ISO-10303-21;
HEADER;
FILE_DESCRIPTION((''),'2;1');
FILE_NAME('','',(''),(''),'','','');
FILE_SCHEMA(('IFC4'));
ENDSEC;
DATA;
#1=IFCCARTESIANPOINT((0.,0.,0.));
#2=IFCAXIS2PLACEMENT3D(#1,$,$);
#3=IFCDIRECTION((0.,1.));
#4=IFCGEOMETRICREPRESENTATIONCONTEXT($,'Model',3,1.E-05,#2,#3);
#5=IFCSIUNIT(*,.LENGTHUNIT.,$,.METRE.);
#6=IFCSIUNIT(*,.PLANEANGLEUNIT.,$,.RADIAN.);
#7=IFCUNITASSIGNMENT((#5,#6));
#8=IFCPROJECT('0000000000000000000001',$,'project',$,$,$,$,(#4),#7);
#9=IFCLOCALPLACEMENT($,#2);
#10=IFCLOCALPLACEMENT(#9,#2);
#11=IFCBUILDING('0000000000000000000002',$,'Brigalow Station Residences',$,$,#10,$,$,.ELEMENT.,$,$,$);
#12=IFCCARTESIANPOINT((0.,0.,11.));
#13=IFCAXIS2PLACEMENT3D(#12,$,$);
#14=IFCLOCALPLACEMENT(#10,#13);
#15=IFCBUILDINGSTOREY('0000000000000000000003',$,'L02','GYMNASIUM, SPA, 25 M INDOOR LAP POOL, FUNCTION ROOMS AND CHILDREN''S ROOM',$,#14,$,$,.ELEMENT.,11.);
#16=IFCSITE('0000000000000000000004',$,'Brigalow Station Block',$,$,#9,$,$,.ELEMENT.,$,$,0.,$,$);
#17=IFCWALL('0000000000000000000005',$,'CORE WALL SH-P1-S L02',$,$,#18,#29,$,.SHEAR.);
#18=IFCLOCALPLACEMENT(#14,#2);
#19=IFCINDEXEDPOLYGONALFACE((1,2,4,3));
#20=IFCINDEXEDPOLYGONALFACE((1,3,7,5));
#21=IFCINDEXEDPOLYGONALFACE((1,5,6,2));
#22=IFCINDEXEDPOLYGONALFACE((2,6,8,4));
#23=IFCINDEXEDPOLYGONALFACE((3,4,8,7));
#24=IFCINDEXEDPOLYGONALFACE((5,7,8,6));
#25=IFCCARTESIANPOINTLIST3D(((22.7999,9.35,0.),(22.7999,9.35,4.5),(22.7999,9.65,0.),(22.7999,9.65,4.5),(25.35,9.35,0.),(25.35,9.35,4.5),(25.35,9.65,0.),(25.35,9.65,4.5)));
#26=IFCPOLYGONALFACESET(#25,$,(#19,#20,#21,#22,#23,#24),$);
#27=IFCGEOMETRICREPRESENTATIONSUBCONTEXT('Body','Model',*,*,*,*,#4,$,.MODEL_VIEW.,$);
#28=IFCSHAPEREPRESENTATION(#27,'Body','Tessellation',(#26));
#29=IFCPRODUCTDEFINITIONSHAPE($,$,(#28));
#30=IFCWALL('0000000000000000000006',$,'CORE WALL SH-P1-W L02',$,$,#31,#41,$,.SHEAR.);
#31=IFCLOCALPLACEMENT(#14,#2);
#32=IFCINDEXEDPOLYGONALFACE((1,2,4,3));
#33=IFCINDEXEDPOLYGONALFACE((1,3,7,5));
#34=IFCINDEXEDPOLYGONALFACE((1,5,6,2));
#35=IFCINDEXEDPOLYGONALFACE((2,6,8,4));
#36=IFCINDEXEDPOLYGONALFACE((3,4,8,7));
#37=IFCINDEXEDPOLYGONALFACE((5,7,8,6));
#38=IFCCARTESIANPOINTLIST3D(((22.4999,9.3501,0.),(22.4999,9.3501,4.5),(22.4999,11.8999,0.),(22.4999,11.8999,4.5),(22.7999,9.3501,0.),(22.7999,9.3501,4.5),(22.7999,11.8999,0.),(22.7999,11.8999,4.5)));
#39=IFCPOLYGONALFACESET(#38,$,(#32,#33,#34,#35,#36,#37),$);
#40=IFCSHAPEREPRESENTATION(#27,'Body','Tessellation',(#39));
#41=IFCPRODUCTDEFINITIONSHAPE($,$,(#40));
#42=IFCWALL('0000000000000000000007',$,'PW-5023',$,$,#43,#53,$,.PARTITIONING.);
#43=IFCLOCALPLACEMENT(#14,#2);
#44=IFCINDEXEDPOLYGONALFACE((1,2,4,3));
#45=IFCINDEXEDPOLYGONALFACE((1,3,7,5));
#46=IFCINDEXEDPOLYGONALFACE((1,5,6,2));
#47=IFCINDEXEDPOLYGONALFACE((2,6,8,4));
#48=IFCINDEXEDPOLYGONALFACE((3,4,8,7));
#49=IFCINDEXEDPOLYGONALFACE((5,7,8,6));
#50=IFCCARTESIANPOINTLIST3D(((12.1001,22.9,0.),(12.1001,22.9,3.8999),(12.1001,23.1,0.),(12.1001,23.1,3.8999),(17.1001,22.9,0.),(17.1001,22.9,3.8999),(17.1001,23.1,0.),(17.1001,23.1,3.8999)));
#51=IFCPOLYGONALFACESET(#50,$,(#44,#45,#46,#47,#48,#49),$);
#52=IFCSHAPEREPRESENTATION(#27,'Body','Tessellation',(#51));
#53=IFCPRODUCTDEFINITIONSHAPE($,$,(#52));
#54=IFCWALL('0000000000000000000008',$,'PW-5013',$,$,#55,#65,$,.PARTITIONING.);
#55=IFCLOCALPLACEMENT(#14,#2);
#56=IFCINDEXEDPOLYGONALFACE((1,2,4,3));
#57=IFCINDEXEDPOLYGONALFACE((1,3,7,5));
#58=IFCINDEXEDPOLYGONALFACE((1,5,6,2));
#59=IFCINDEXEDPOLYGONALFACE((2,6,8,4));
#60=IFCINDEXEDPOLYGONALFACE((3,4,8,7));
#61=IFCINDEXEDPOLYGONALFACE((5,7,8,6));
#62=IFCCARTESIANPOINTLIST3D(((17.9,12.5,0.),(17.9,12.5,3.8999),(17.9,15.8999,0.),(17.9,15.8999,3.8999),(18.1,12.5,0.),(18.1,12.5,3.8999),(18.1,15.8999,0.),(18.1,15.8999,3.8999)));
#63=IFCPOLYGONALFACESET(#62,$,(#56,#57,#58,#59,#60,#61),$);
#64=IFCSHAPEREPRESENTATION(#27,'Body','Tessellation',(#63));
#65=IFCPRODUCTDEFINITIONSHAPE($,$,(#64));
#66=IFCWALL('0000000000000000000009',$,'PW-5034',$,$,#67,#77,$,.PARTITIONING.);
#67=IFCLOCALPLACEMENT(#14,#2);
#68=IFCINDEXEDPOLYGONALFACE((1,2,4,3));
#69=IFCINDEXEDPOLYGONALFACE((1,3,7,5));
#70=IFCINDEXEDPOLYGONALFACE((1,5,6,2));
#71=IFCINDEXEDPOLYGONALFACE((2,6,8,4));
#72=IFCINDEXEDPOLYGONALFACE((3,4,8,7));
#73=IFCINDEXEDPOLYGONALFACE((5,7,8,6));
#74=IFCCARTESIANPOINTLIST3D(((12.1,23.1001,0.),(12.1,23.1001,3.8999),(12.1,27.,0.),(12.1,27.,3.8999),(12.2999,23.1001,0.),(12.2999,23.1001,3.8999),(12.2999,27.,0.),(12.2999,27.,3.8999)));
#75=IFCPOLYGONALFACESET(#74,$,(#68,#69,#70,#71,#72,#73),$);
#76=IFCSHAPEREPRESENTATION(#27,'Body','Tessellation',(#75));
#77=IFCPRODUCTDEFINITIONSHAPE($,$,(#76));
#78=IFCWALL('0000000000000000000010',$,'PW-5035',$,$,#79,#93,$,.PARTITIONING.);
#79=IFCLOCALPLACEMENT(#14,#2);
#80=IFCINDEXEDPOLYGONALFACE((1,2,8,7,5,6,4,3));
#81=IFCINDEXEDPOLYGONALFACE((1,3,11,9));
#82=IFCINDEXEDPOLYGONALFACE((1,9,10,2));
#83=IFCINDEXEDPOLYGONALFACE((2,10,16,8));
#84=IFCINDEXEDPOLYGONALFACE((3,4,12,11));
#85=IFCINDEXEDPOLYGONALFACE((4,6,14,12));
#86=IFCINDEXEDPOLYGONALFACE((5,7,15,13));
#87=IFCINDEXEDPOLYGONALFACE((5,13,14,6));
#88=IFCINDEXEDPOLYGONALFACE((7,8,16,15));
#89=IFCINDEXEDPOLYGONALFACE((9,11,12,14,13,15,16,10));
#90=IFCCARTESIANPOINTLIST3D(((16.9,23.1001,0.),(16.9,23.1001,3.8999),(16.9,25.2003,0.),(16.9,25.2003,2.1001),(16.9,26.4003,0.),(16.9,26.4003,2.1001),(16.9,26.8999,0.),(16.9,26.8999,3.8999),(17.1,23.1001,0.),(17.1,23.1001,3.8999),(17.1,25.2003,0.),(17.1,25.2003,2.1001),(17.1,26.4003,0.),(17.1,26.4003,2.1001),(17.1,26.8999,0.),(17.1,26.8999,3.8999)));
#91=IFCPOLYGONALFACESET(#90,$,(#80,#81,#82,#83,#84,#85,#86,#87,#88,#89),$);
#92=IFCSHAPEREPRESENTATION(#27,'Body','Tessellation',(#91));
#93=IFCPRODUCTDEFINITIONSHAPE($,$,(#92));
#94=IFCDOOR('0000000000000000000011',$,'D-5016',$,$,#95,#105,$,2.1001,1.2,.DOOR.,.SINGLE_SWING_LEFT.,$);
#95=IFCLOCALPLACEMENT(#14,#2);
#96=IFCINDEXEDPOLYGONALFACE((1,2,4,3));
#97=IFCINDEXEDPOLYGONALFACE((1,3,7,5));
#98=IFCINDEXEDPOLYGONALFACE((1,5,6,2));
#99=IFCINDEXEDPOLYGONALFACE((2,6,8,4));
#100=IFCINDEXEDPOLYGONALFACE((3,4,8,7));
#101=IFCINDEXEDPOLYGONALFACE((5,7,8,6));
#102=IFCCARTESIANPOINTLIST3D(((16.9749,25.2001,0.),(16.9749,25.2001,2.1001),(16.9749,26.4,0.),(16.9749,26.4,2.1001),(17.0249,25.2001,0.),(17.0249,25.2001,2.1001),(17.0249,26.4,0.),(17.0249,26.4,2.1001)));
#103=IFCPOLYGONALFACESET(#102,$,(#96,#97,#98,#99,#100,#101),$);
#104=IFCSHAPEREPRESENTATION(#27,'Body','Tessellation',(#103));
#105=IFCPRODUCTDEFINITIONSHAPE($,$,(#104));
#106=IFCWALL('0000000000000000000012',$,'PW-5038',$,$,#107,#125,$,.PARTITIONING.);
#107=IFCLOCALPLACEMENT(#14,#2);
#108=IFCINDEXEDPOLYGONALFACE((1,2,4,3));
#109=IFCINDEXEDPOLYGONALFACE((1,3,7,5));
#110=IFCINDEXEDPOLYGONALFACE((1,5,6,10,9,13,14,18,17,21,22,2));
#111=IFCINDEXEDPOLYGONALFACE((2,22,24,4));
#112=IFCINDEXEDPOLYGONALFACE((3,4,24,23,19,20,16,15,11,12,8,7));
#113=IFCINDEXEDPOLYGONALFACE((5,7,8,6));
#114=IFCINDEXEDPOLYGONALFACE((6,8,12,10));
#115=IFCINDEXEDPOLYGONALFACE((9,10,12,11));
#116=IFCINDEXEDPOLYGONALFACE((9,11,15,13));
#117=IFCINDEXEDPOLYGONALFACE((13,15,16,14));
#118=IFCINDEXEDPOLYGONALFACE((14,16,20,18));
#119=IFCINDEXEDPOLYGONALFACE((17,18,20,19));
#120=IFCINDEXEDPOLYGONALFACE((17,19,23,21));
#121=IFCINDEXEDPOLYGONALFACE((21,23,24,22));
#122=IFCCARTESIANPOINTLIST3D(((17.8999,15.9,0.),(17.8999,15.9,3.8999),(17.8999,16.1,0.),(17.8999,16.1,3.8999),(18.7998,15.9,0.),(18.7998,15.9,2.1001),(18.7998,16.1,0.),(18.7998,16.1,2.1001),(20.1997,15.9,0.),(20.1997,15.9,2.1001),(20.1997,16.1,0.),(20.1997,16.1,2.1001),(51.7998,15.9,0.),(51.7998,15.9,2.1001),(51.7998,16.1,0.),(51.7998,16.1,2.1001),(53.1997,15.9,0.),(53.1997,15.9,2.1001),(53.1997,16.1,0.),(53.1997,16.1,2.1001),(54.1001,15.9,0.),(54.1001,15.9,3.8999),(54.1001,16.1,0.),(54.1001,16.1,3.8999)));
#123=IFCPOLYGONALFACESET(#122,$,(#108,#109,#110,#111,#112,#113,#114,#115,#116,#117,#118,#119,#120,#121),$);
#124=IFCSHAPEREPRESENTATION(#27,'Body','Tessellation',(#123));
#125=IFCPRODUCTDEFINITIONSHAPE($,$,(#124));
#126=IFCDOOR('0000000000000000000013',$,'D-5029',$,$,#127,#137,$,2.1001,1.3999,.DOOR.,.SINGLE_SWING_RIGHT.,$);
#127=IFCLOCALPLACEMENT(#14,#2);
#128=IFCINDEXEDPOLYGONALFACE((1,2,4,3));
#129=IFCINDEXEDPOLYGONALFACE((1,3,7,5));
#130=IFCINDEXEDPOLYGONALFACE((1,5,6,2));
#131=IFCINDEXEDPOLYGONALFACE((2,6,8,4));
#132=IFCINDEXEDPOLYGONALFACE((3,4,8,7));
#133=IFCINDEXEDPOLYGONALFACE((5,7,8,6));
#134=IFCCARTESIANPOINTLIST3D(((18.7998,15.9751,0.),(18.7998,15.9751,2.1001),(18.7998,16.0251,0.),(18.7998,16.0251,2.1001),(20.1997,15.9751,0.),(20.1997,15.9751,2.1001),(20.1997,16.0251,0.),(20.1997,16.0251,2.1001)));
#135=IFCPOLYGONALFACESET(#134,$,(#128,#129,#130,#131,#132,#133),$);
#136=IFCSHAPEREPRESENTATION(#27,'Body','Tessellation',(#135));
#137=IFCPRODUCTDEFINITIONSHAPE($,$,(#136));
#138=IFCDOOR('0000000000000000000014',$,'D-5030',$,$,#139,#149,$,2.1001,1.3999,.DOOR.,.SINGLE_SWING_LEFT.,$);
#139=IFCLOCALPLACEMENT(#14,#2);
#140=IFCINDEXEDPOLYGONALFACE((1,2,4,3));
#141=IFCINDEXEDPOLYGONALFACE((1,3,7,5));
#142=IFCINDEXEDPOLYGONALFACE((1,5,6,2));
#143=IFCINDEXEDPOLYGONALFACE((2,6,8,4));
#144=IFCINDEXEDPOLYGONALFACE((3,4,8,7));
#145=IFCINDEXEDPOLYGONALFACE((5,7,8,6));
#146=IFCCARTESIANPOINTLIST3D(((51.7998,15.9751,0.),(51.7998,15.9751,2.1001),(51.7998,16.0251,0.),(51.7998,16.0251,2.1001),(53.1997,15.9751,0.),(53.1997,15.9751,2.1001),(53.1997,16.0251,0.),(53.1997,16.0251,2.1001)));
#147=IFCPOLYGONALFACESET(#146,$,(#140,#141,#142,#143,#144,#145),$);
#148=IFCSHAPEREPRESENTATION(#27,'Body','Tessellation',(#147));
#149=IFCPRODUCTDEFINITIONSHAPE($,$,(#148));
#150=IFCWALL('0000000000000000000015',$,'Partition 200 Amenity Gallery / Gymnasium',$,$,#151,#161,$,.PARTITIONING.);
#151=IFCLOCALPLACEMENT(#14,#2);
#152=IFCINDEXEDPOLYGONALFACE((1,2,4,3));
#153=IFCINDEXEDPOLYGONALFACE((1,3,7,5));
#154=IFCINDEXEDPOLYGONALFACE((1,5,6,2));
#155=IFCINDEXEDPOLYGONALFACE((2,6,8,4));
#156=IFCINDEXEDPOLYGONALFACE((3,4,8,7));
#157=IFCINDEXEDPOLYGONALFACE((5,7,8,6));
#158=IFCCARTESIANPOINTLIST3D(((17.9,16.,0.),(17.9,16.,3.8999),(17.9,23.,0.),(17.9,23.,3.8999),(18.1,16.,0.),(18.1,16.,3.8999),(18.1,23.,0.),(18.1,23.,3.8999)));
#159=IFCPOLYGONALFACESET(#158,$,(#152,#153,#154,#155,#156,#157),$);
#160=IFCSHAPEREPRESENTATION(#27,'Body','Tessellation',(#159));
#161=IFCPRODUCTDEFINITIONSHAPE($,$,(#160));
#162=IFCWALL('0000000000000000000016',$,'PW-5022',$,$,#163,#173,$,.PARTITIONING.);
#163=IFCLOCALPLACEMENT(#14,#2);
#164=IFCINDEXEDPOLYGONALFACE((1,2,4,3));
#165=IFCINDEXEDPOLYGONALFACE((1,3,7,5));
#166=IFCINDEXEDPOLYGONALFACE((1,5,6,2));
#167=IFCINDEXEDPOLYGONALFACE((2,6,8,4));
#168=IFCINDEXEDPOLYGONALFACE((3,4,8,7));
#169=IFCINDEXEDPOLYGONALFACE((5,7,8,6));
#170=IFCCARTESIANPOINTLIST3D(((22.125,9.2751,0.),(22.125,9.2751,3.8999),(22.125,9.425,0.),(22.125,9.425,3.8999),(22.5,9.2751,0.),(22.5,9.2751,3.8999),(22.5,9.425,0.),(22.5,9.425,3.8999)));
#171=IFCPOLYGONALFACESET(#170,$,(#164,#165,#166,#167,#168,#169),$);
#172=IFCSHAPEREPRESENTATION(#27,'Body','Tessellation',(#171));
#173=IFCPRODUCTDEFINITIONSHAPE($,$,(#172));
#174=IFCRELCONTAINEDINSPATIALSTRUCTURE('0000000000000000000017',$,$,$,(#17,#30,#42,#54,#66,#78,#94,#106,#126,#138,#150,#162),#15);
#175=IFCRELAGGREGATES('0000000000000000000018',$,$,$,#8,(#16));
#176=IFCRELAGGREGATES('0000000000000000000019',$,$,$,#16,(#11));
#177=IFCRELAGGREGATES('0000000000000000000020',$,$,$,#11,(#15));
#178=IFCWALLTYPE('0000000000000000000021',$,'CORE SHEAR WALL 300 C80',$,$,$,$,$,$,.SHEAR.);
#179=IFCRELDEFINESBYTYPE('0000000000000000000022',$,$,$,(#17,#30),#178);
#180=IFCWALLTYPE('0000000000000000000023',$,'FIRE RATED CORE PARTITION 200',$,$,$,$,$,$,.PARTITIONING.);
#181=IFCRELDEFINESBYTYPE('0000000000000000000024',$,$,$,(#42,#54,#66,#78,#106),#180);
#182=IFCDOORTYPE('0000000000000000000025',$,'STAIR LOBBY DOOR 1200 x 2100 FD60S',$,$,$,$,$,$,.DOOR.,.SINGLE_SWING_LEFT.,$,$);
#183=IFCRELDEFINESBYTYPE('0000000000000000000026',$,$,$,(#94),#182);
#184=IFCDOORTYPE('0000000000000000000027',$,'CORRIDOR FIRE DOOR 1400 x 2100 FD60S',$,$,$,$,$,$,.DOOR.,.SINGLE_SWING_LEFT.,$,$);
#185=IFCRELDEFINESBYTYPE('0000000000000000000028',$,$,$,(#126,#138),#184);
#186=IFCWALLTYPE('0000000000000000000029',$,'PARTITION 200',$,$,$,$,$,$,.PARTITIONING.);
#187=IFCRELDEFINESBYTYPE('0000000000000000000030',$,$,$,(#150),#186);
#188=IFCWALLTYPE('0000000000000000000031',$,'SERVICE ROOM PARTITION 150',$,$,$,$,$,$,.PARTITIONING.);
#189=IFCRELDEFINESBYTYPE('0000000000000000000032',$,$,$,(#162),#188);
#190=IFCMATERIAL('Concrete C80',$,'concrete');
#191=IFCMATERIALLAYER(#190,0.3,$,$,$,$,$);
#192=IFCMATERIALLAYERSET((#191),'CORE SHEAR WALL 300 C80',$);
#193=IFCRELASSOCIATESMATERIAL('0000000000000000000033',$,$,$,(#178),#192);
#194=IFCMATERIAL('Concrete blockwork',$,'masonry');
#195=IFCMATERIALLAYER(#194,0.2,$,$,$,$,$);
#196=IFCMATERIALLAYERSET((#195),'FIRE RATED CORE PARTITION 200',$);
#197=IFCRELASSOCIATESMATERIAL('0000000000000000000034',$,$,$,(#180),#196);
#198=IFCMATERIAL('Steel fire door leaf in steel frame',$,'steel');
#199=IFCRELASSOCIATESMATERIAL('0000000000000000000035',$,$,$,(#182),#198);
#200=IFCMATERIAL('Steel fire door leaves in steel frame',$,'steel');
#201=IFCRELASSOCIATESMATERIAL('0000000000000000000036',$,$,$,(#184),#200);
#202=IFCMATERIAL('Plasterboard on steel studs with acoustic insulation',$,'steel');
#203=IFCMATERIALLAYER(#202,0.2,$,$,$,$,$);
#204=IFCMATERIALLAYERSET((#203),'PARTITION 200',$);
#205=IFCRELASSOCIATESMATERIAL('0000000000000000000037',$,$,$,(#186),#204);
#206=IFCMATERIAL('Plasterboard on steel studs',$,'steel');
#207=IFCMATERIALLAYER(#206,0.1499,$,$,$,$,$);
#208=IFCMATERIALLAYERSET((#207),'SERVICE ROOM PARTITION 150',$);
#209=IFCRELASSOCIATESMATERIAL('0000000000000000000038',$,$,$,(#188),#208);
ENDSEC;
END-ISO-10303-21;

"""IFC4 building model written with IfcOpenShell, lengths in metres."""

from ifc_helpers import new_model, si_unit, direction, frame, frame_2d, origin, place, context, subcontext, project, spatial, rectangle, extrude, material, layer, layer_set, type_object, element, fill, save


model = new_model("IFC4")

# Units and contexts
model_context = context("Model", 3, precision=1e-05, world=origin(), true_north=direction((0.0, 1.0)))
body_context = subcontext(model_context, "Body", "Model", "MODEL_VIEW")
ifc_project = project(units=[si_unit("LENGTHUNIT", "METRE"), si_unit("PLANEANGLEUNIT", "RADIAN")], contexts=[model_context])

# Site, building, storey
site_placement = place(None, origin())
site = spatial("IfcSite", under=ifc_project, at=site_placement, Name="Brigalow Station Block", CompositionType="ELEMENT", RefElevation=0.0)
building_placement = place(site_placement, origin())
building = spatial("IfcBuilding", under=site, at=building_placement, Name="Brigalow Station Residences", CompositionType="ELEMENT")
storey_placement = place(building_placement, frame((0.0, 0.0, 11.0)))
storey = spatial("IfcBuildingStorey", under=building, at=storey_placement, Name="L02", Description="GYMNASIUM, SPA, 25 M INDOOR LAP POOL, FUNCTION ROOMS AND CHILDREN'S ROOM", CompositionType="ELEMENT", Elevation=11.0)

# Walls
ifc_material_1 = material(Name="Concrete C80", Category="concrete")
ifc_layer_1 = layer(ifc_material_1, 0.3)
ifc_layer_set_1 = layer_set([ifc_layer_1], Name="CORE SHEAR WALL 300 C80")
wall_type_1 = type_object("IfcWallType", Name="CORE SHEAR WALL 300 C80", PredefinedType="SHEAR", material=ifc_layer_set_1)
wall_1_placement = place(storey_placement, frame((22.8, 9.5, 0.0), z_axis=(0.0, 0.0, 1.0), x_axis=(1.0, 0.0, 0.0)))
element("IfcWall", 1, at=wall_1_placement, inside=storey, type_object=wall_type_1, Name="CORE WALL SH-P1-S L02", PredefinedType="SHEAR", context=body_context, shape_type="SweptSolid", body=[
    extrude(rectangle(XDim=2.55, YDim=0.3, at=frame_2d((1.2749, 0.0))), origin(), (0.0, 0.0, 1.0), 4.5),
])
wall_2_placement = place(storey_placement, frame((22.6499, 9.3501, 0.0), z_axis=(0.0, 0.0, 1.0), x_axis=(0.0, 1.0, 0.0)))
element("IfcWall", 2, at=wall_2_placement, inside=storey, type_object=wall_type_1, Name="CORE WALL SH-P1-W L02", PredefinedType="SHEAR", context=body_context, shape_type="SweptSolid", body=[
    extrude(rectangle(XDim=2.5498, YDim=0.3, at=frame_2d((1.2749, 0.0))), origin(), (0.0, 0.0, 1.0), 4.5),
])

# Walls
ifc_material_2 = material(Name="Concrete blockwork", Category="masonry")
ifc_layer_2 = layer(ifc_material_2, 0.2)
ifc_layer_set_2 = layer_set([ifc_layer_2], Name="FIRE RATED CORE PARTITION 200")
wall_type_2 = type_object("IfcWallType", Name="FIRE RATED CORE PARTITION 200", PredefinedType="PARTITIONING", material=ifc_layer_set_2)
wall_3_placement = place(storey_placement, frame((12.1001, 23.0, 0.0), z_axis=(0.0, 0.0, 1.0), x_axis=(1.0, 0.0, 0.0)))
element("IfcWall", 3, at=wall_3_placement, inside=storey, type_object=wall_type_2, Name="PW-5023", PredefinedType="PARTITIONING", context=body_context, shape_type="SweptSolid", body=[
    extrude(rectangle(XDim=5.0, YDim=0.2, at=frame_2d((2.5, 0.0))), origin(), (0.0, 0.0, 1.0), 3.8999),
])
wall_4_placement = place(storey_placement, frame((18.0, 12.5, 0.0), z_axis=(0.0, 0.0, 1.0), x_axis=(0.0, 1.0, 0.0)))
element("IfcWall", 4, at=wall_4_placement, inside=storey, type_object=wall_type_2, Name="PW-5013", PredefinedType="PARTITIONING", context=body_context, shape_type="SweptSolid", body=[
    extrude(rectangle(XDim=3.3999, YDim=0.2, at=frame_2d((1.7, 0.0))), origin(), (0.0, 0.0, 1.0), 3.8999),
])
wall_5_placement = place(storey_placement, frame((12.2, 23.1001, 0.0), z_axis=(0.0, 0.0, 1.0), x_axis=(0.0, 1.0, 0.0)))
element("IfcWall", 5, at=wall_5_placement, inside=storey, type_object=wall_type_2, Name="PW-5034", PredefinedType="PARTITIONING", context=body_context, shape_type="SweptSolid", body=[
    extrude(rectangle(XDim=3.8999, YDim=0.2, at=frame_2d((1.95, 0.0))), origin(), (0.0, 0.0, 1.0), 3.8999),
])

# Wall, opening, door
wall_6_placement = place(storey_placement, frame((17.0, 23.1001, 0.0), z_axis=(0.0, 0.0, 1.0), x_axis=(0.0, 1.0, 0.0)))
wall_6 = element("IfcWall", 6, at=wall_6_placement, inside=storey, type_object=wall_type_2, Name="PW-5035", PredefinedType="PARTITIONING", context=body_context, shape_type="SweptSolid", body=[
    extrude(rectangle(XDim=3.7998, YDim=0.2, at=frame_2d((1.8999, 0.0))), origin(), (0.0, 0.0, 1.0), 3.8999),
])
opening_1_placement = place(wall_6_placement, frame((2.1001, 0.0, 0.0)))
opening_1 = element("IfcOpeningElement", 7, at=opening_1_placement, cuts=wall_6, PredefinedType="OPENING", context=body_context, shape_type="SweptSolid", body=[
    extrude(rectangle(XDim=1.2, YDim=2.1001, at=frame_2d((0.6001, 1.05))), frame((0.0, 0.1099, 0.0), z_axis=(0.0, -1.0, 0.0), x_axis=(1.0, 0.0, 0.0)), (0.0, 0.0, 1.0), 0.22),
])
ifc_material_3 = material(Name="Steel fire door leaf in steel frame", Category="steel")
door_type_1 = type_object("IfcDoorType", Name="STAIR LOBBY DOOR 1200 x 2100 FD60S", OperationType="SINGLE_SWING_LEFT", PredefinedType="DOOR", material=ifc_material_3)
door_1_placement = place(opening_1_placement, frame((1.2, 0.0, 0.0), z_axis=(0.0, 0.0, 1.0), x_axis=(-1.0, 0.0, 0.0)))
door_1 = element("IfcDoor", 8, at=door_1_placement, inside=storey, type_object=door_type_1, Name="D-5016", OperationType="SINGLE_SWING_LEFT", OverallHeight=2.1001, OverallWidth=1.2, PredefinedType="DOOR", context=body_context, shape_type="SweptSolid", body=[
    extrude(rectangle(XDim=1.2, YDim=2.1001, at=frame_2d((0.6001, 1.05))), frame((0.0, 0.0249, 0.0), z_axis=(0.0, -1.0, 0.0), x_axis=(1.0, 0.0, 0.0)), (0.0, 0.0, 1.0), 0.05),
])
fill(opening_1, door_1)

# Wall, openings, doors
wall_7_placement = place(storey_placement, frame((17.8999, 16.0, 0.0), z_axis=(0.0, 0.0, 1.0), x_axis=(1.0, 0.0, 0.0)))
wall_7 = element("IfcWall", 9, at=wall_7_placement, inside=storey, type_object=wall_type_2, Name="PW-5038", PredefinedType="PARTITIONING", context=body_context, shape_type="SweptSolid", body=[
    extrude(rectangle(XDim=36.2002, YDim=0.2, at=frame_2d((18.1001, 0.0))), origin(), (0.0, 0.0, 1.0), 3.8999),
])
opening_2_placement = place(wall_7_placement, frame((0.8999, 0.0, 0.0)))
opening_2 = element("IfcOpeningElement", 10, at=opening_2_placement, cuts=wall_7, PredefinedType="OPENING", context=body_context, shape_type="SweptSolid", body=[
    extrude(rectangle(XDim=1.3999, YDim=2.1001, at=frame_2d((0.7, 1.05))), frame((0.0, 0.1099, 0.0), z_axis=(0.0, -1.0, 0.0), x_axis=(1.0, 0.0, 0.0)), (0.0, 0.0, 1.0), 0.22),
])
opening_3_placement = place(wall_7_placement, frame((33.8999, 0.0, 0.0)))
opening_3 = element("IfcOpeningElement", 11, at=opening_3_placement, cuts=wall_7, PredefinedType="OPENING", context=body_context, shape_type="SweptSolid", body=[
    extrude(rectangle(XDim=1.3999, YDim=2.1001, at=frame_2d((0.7, 1.05))), frame((0.0, 0.1099, 0.0), z_axis=(0.0, -1.0, 0.0), x_axis=(1.0, 0.0, 0.0)), (0.0, 0.0, 1.0), 0.22),
])
ifc_material_4 = material(Name="Steel fire door leaves in steel frame", Category="steel")
door_type_2 = type_object("IfcDoorType", Name="CORRIDOR FIRE DOOR 1400 x 2100 FD60S", OperationType="SINGLE_SWING_LEFT", PredefinedType="DOOR", material=ifc_material_4)
door_2_placement = place(opening_2_placement, frame((1.3999, 0.0, 0.0), z_axis=(0.0, 0.0, 1.0), x_axis=(-1.0, 0.0, 0.0)))
door_2 = element("IfcDoor", 12, at=door_2_placement, inside=storey, type_object=door_type_2, Name="D-5029", OperationType="SINGLE_SWING_RIGHT", OverallHeight=2.1001, OverallWidth=1.3999, PredefinedType="DOOR", context=body_context, shape_type="SweptSolid", body=[
    extrude(rectangle(XDim=1.3999, YDim=2.1001, at=frame_2d((0.7, 1.05))), frame((0.0, 0.0249, 0.0), z_axis=(0.0, -1.0, 0.0), x_axis=(1.0, 0.0, 0.0)), (0.0, 0.0, 1.0), 0.05),
])
fill(opening_2, door_2)
door_3_placement = place(opening_3_placement, frame((1.3999, 0.0, 0.0), z_axis=(0.0, 0.0, 1.0), x_axis=(-1.0, 0.0, 0.0)))
door_3 = element("IfcDoor", 13, at=door_3_placement, inside=storey, type_object=door_type_2, Name="D-5030", OperationType="SINGLE_SWING_LEFT", OverallHeight=2.1001, OverallWidth=1.3999, PredefinedType="DOOR", context=body_context, shape_type="SweptSolid", body=[
    extrude(rectangle(XDim=1.3999, YDim=2.1001, at=frame_2d((0.7, 1.05))), frame((0.0, 0.0249, 0.0), z_axis=(0.0, -1.0, 0.0), x_axis=(1.0, 0.0, 0.0)), (0.0, 0.0, 1.0), 0.05),
])
fill(opening_3, door_3)

# Walls
ifc_material_5 = material(Name="Plasterboard on steel studs with acoustic insulation", Category="steel")
ifc_layer_3 = layer(ifc_material_5, 0.2)
ifc_layer_set_3 = layer_set([ifc_layer_3], Name="PARTITION 200")
wall_type_3 = type_object("IfcWallType", Name="PARTITION 200", PredefinedType="PARTITIONING", material=ifc_layer_set_3)
wall_8_placement = place(storey_placement, frame((18.0, 16.0, 0.0), z_axis=(0.0, 0.0, 1.0), x_axis=(0.0, 1.0, 0.0)))
element("IfcWall", 14, at=wall_8_placement, inside=storey, type_object=wall_type_3, Name="Partition 200 Amenity Gallery / Gymnasium", PredefinedType="PARTITIONING", context=body_context, shape_type="SweptSolid", body=[
    extrude(rectangle(XDim=7.0, YDim=0.2, at=frame_2d((3.5, 0.0))), origin(), (0.0, 0.0, 1.0), 3.8999),
])
ifc_material_6 = material(Name="Plasterboard on steel studs", Category="steel")
ifc_layer_4 = layer(ifc_material_6, 0.1499)
ifc_layer_set_4 = layer_set([ifc_layer_4], Name="SERVICE ROOM PARTITION 150")
wall_type_4 = type_object("IfcWallType", Name="SERVICE ROOM PARTITION 150", PredefinedType="PARTITIONING", material=ifc_layer_set_4)
wall_9_placement = place(storey_placement, frame((22.125, 9.3501, 0.0), z_axis=(0.0, 0.0, 1.0), x_axis=(1.0, 0.0, 0.0)))
element("IfcWall", 15, at=wall_9_placement, inside=storey, type_object=wall_type_4, Name="PW-5022", PredefinedType="PARTITIONING", context=body_context, shape_type="SweptSolid", body=[
    extrude(rectangle(XDim=0.375, YDim=0.1499, at=frame_2d((0.1875, 0.0))), origin(), (0.0, 0.0, 1.0), 3.8999),
])

save(model, "model.ifc")
